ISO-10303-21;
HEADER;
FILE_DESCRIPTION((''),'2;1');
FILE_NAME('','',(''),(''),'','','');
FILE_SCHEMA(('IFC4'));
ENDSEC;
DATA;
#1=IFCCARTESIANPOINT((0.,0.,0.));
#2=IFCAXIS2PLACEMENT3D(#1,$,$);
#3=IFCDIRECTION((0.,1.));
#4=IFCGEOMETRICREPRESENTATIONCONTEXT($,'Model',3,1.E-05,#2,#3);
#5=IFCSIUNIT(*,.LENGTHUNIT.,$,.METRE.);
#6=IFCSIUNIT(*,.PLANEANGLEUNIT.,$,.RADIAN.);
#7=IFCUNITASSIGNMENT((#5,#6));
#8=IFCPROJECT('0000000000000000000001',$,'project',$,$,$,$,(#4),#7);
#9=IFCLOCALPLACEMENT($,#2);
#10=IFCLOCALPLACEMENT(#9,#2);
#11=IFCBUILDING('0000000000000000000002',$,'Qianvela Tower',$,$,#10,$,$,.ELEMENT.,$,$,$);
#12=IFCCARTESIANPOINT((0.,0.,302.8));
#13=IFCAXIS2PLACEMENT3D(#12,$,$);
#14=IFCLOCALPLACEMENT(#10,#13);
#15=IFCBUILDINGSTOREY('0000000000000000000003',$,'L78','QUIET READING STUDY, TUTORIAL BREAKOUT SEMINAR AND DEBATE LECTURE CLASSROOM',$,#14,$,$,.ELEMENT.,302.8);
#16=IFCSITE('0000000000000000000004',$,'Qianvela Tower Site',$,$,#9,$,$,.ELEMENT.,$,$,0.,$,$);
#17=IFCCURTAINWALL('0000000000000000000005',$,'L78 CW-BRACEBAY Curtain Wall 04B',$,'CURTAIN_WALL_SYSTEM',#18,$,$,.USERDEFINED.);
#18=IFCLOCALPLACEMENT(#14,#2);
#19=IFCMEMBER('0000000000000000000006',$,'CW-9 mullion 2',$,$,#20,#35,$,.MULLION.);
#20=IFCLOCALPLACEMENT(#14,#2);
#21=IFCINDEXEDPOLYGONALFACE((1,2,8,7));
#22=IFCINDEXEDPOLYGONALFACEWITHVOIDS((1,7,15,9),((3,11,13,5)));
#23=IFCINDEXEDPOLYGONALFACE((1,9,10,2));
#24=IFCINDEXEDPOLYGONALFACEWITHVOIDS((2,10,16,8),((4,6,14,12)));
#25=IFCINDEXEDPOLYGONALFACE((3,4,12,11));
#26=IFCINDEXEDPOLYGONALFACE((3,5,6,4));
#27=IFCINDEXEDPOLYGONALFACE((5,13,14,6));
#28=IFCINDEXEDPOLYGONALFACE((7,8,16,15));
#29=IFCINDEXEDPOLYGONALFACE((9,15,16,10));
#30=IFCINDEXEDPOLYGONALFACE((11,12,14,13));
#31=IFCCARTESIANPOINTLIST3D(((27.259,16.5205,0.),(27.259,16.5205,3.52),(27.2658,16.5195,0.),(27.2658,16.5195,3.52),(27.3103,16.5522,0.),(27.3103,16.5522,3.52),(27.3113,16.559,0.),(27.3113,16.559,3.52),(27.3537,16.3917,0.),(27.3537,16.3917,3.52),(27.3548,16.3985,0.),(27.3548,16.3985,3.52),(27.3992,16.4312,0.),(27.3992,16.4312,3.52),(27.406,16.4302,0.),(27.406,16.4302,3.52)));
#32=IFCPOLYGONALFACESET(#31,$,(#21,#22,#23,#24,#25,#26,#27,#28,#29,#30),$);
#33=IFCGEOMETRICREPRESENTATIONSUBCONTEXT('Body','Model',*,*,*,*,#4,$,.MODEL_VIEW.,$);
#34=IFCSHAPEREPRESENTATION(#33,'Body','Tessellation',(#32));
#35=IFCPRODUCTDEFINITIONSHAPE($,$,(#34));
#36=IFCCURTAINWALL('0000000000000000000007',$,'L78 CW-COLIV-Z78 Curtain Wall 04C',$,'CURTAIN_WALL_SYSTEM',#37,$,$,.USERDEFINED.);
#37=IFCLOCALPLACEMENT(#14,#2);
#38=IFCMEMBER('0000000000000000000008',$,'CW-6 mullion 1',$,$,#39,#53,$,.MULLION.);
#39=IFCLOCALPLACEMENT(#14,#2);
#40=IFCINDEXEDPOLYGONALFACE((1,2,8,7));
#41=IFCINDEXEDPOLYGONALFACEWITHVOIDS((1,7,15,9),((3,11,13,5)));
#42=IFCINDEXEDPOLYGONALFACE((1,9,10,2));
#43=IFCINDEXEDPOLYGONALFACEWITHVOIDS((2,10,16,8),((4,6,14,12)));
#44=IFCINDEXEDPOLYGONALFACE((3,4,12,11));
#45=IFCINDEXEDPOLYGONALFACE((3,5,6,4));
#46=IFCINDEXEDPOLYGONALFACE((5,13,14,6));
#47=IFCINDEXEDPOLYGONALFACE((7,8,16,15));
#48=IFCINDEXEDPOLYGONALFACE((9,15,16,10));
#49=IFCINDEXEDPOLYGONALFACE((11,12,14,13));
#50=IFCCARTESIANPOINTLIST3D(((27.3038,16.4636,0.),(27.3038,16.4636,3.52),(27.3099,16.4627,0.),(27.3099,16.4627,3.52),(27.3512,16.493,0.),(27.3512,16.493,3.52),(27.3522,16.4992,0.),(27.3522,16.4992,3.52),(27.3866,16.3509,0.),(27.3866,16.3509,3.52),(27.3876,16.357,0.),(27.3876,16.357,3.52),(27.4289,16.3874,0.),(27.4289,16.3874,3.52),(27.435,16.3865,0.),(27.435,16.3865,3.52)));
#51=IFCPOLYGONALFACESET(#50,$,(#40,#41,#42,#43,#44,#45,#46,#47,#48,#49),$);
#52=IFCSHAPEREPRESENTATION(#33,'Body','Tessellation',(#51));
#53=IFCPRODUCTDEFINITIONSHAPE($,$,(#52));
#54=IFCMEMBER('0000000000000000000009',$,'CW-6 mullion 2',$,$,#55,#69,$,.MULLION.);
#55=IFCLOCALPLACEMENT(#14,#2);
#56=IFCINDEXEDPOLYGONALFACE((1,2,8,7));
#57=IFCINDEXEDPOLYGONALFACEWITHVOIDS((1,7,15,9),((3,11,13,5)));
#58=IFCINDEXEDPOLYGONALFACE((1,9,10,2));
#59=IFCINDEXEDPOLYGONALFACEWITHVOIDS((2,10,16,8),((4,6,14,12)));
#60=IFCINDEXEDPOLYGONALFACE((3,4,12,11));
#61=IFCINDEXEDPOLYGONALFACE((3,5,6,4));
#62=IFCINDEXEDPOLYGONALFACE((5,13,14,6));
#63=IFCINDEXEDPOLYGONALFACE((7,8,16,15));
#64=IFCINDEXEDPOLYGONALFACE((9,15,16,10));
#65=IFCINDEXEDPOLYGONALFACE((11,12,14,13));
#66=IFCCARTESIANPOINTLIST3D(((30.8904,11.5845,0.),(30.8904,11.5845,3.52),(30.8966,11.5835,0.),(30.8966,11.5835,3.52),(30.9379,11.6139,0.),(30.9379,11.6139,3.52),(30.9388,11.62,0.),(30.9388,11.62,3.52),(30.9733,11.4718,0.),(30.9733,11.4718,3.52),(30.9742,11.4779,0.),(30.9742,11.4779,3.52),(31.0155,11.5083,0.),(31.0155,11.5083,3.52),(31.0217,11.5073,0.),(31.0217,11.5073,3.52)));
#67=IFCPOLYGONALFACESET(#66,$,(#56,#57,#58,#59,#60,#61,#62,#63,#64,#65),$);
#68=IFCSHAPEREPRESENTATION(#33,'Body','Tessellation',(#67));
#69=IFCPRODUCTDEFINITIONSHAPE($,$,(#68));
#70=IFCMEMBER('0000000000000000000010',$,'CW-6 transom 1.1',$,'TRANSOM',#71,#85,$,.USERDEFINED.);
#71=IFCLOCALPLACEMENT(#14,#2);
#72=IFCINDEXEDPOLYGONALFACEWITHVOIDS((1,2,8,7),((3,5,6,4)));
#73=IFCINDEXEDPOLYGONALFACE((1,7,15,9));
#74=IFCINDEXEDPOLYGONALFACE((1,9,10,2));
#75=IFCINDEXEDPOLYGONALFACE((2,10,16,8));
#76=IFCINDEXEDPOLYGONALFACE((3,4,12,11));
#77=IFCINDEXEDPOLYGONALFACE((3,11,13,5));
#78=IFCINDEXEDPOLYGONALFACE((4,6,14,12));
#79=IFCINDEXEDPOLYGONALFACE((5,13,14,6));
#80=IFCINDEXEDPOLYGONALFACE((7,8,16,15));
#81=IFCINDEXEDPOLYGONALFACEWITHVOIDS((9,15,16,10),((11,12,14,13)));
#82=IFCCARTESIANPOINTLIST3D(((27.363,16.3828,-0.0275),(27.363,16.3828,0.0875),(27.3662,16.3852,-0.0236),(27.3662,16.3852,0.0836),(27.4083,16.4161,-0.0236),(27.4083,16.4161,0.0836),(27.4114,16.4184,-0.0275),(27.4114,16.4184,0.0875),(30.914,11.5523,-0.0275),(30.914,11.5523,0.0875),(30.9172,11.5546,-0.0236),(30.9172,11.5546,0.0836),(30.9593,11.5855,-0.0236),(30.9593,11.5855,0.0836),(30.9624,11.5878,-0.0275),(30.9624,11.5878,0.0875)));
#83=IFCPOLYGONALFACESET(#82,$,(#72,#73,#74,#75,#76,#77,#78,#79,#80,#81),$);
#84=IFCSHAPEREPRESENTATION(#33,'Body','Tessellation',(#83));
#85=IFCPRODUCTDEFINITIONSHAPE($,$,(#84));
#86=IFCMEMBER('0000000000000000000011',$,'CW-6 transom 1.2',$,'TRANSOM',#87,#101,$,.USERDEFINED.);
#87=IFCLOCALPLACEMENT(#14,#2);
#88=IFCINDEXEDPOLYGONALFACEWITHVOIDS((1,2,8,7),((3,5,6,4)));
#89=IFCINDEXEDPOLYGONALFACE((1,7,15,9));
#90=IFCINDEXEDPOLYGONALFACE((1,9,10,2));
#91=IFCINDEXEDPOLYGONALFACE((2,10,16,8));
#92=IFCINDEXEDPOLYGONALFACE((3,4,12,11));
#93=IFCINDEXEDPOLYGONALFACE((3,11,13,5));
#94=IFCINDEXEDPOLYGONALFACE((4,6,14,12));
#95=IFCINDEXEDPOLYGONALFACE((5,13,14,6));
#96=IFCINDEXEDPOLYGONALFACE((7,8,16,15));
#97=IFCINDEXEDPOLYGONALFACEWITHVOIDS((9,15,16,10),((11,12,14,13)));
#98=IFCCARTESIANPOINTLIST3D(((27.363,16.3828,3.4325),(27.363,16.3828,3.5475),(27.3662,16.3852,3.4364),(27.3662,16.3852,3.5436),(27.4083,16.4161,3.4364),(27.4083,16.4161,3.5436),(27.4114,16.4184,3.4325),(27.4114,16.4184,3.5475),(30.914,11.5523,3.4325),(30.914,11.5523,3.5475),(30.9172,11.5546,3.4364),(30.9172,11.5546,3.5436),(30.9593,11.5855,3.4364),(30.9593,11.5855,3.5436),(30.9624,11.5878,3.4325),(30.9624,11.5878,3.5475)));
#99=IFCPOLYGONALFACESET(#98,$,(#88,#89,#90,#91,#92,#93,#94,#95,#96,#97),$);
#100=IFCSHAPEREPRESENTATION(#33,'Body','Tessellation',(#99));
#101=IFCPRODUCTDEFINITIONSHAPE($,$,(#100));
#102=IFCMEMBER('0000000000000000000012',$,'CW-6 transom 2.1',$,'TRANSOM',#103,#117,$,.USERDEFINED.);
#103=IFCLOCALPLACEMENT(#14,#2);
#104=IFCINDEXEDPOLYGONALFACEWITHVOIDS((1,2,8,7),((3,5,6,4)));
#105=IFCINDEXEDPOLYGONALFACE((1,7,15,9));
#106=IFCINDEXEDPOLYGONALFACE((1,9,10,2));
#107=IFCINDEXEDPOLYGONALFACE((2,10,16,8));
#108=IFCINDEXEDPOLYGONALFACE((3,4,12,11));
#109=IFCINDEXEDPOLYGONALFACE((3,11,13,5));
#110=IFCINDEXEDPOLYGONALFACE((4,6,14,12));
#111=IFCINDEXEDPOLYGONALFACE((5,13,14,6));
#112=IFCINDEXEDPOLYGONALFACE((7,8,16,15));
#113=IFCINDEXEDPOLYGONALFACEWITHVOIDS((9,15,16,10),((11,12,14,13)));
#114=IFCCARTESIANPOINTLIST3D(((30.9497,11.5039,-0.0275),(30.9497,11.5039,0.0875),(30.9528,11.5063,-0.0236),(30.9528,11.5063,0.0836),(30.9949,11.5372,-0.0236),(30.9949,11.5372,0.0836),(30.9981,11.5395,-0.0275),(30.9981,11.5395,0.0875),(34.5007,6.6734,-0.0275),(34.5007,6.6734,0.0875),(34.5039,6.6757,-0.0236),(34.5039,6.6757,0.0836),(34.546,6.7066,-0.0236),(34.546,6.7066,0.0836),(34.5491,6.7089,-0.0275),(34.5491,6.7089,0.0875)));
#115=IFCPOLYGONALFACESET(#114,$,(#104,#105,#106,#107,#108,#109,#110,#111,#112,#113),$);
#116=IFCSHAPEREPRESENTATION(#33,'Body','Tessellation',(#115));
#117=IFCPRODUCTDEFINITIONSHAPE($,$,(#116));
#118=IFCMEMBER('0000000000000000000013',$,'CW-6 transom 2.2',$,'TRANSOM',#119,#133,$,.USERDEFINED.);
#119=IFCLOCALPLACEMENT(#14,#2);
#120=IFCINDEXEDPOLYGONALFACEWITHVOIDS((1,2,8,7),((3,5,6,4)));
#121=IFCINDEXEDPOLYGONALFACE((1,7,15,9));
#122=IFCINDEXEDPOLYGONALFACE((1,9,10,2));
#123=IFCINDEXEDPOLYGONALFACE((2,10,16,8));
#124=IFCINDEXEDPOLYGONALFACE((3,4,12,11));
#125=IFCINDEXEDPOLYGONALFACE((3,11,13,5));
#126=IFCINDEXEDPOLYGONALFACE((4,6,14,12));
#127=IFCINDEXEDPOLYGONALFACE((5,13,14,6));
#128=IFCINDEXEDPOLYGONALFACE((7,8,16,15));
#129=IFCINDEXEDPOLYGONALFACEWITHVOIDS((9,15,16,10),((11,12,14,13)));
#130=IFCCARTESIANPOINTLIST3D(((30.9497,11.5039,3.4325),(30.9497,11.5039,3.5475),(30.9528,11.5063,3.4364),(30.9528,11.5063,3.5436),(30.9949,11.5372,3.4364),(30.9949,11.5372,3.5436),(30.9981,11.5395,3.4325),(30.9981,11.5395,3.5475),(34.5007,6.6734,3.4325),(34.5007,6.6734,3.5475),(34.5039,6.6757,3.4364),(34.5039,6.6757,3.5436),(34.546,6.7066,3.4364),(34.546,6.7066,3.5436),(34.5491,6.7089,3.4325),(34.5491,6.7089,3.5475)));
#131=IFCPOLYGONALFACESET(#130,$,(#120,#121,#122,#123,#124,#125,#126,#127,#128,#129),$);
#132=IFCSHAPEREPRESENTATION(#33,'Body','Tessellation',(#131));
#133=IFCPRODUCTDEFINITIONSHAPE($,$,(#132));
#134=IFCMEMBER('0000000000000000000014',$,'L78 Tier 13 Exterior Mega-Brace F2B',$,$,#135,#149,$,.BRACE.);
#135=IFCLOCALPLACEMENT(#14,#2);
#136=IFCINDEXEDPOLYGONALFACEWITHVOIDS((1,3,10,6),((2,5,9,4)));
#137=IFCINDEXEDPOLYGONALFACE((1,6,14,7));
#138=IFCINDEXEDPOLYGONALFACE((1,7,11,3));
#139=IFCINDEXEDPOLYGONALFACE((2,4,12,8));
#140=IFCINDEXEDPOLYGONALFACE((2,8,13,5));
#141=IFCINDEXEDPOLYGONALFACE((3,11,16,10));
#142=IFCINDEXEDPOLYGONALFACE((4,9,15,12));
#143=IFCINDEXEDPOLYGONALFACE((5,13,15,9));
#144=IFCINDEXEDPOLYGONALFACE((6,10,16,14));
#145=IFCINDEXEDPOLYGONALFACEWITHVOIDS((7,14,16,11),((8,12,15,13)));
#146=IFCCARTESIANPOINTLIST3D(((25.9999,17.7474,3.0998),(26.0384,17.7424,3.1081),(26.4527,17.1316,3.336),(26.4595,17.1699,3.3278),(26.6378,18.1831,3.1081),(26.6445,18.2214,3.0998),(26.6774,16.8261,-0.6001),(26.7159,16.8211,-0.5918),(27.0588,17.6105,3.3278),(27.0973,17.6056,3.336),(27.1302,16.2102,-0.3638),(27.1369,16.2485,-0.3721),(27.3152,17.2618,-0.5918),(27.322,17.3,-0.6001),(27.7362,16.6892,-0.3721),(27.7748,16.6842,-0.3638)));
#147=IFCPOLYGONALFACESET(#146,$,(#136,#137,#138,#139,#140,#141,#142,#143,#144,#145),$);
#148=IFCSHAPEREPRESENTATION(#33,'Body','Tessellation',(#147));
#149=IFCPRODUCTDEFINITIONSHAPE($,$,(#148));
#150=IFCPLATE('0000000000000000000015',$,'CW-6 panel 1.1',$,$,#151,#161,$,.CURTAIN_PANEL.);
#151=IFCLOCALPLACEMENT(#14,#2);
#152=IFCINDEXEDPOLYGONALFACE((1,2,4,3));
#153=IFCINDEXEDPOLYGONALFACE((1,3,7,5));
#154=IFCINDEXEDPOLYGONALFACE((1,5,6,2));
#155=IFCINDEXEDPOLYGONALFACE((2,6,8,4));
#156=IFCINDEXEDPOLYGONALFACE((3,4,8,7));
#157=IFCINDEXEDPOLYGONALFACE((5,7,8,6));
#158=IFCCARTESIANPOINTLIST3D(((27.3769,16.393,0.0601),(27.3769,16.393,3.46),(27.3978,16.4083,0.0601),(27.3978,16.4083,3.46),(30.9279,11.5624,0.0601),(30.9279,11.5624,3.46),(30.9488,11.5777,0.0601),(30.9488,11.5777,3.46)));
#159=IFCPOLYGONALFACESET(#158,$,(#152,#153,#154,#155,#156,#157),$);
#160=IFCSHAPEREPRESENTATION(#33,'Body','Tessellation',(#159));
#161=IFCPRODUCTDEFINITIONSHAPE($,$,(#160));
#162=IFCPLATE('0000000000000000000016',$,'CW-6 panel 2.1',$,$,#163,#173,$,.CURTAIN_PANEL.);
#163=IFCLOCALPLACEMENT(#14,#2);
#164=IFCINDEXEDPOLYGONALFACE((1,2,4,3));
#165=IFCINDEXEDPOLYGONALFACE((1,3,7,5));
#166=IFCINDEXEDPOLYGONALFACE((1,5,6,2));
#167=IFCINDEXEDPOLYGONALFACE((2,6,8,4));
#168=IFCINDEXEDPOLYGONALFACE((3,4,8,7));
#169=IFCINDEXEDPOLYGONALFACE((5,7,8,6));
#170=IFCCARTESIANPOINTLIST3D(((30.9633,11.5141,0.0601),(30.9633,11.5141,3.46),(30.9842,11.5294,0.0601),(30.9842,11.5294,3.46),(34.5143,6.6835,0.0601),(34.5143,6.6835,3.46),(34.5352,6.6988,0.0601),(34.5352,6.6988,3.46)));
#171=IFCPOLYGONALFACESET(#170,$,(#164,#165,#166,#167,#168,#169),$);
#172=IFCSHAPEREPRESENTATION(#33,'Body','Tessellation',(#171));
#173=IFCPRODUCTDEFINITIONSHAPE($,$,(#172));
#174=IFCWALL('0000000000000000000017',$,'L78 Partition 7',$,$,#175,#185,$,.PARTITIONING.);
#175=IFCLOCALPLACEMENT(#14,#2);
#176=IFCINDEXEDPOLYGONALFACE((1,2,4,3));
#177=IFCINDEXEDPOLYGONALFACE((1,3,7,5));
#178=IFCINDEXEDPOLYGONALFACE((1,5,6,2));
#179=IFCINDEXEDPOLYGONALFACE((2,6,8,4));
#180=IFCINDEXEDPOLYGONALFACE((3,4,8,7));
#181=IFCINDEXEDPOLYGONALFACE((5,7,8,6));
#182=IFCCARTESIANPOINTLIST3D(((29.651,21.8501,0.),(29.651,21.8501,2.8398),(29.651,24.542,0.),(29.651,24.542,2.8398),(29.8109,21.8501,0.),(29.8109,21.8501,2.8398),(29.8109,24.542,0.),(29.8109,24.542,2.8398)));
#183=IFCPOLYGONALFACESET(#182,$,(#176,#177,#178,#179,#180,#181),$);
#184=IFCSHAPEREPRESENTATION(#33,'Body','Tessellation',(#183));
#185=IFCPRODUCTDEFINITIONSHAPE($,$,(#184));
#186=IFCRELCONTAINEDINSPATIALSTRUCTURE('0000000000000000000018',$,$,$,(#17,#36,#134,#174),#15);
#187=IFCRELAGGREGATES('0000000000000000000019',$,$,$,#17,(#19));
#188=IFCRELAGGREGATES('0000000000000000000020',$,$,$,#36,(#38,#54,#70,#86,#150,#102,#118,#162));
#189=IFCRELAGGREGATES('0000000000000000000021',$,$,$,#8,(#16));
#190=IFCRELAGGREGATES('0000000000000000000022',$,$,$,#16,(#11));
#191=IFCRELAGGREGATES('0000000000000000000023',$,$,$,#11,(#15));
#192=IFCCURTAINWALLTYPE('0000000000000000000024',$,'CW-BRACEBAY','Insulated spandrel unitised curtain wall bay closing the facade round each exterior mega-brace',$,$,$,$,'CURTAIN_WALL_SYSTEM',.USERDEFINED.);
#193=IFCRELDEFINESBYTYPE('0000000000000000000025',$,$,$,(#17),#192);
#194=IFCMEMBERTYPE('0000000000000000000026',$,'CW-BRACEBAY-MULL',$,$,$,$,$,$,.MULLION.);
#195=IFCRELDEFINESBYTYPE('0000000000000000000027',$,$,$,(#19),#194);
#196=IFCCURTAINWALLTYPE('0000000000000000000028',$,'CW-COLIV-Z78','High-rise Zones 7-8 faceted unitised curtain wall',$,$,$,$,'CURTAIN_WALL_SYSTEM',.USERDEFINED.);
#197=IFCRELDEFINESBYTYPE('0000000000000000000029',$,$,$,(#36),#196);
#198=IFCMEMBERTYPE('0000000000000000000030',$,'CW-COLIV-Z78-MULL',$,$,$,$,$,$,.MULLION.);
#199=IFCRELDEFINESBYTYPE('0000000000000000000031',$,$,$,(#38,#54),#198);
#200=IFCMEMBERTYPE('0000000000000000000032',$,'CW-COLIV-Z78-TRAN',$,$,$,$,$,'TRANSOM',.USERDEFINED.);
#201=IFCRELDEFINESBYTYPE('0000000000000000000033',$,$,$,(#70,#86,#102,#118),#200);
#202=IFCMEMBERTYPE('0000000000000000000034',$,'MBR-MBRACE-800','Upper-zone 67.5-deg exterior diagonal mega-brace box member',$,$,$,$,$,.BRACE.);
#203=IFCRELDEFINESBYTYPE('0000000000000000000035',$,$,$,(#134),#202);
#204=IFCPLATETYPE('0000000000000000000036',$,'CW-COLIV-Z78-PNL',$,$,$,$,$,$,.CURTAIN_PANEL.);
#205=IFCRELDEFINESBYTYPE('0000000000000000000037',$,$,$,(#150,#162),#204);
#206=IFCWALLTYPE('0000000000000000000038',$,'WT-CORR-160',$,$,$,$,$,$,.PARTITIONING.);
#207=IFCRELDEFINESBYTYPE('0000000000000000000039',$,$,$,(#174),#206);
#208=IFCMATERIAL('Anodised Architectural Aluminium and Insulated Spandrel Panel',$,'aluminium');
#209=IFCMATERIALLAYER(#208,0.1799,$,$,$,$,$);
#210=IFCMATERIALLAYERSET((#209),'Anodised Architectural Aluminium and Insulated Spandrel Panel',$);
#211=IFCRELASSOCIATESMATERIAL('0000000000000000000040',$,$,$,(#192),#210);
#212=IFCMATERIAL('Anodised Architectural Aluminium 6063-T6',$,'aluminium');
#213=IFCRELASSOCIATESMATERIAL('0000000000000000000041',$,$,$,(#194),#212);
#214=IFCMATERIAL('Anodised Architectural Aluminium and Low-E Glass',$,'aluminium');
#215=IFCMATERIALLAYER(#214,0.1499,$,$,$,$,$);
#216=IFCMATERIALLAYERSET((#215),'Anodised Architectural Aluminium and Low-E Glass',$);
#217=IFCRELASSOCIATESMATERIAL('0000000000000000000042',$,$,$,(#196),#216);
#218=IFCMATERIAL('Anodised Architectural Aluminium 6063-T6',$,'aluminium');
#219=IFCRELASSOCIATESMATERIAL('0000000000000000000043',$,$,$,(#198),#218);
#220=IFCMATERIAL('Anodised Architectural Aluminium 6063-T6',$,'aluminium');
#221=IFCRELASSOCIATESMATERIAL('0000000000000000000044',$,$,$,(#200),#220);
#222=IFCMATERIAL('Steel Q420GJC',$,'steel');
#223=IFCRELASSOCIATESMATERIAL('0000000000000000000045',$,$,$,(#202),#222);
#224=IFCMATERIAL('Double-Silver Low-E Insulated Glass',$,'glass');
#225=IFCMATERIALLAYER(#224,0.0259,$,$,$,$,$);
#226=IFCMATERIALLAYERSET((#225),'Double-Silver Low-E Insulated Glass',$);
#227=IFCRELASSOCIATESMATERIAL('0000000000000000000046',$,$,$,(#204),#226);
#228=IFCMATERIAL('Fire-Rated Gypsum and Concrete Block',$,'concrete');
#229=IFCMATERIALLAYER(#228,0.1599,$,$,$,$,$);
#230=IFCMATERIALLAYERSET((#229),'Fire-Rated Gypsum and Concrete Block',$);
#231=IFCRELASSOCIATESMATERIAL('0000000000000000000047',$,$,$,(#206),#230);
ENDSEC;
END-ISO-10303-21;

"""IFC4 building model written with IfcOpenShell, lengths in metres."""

from ifc_helpers import new_model, si_unit, direction, frame, frame_2d, origin, origin_2d, place, context, subcontext, project, spatial, rectangle, hollow_rectangle, extrude, material, layer, layer_set, material_profile, profile_set, type_object, element, aggregate, save


model = new_model("IFC4")

# Units and contexts
model_context = context("Model", 3, precision=1e-05, world=origin(), true_north=direction((0.0, 1.0)))
body_context = subcontext(model_context, "Body", "Model", "MODEL_VIEW")
ifc_project = project(units=[si_unit("LENGTHUNIT", "METRE"), si_unit("PLANEANGLEUNIT", "RADIAN")], contexts=[model_context])

# Site, building, storey
site_placement = place(None, origin())
site = spatial("IfcSite", under=ifc_project, at=site_placement, Name="Qianvela Tower Site", CompositionType="ELEMENT", RefElevation=0.0)
building_placement = place(site_placement, origin())
building = spatial("IfcBuilding", under=site, at=building_placement, Name="Qianvela Tower", CompositionType="ELEMENT")
storey_placement = place(building_placement, frame((0.0, 0.0, 302.8)))
storey = spatial("IfcBuildingStorey", under=building, at=storey_placement, Name="L78", Description="QUIET READING STUDY, TUTORIAL BREAKOUT SEMINAR AND DEBATE LECTURE CLASSROOM", CompositionType="ELEMENT", Elevation=302.8)

# Curtain wall, member
ifc_material_1 = material(Name="Anodised Architectural Aluminium and Insulated Spandrel Panel", Category="aluminium")
ifc_layer_1 = layer(ifc_material_1, 0.1799)
ifc_layer_set_1 = layer_set([ifc_layer_1], Name="Anodised Architectural Aluminium and Insulated Spandrel Panel")
curtain_wall_type_1 = type_object("IfcCurtainWallType", Name="CW-BRACEBAY", Description="Insulated spandrel unitised curtain wall bay closing the facade round each exterior mega-brace", ElementType="CURTAIN_WALL_SYSTEM", PredefinedType="USERDEFINED", material=ifc_layer_set_1)
curtain_wall_1_placement = place(storey_placement, origin())
curtain_wall_1 = element("IfcCurtainWall", 1, at=curtain_wall_1_placement, inside=storey, type_object=curtain_wall_type_1, Name="L78 CW-BRACEBAY Curtain Wall 04B", ObjectType="CURTAIN_WALL_SYSTEM", PredefinedType="USERDEFINED")
ifc_material_2 = material(Name="Anodised Architectural Aluminium 6063-T6", Category="aluminium")
ifc_material_profile_1 = material_profile(ifc_material_2, hollow_rectangle(XDim=0.0649, YDim=0.1599, WallThickness=0.0049, at=origin_2d()), Name="ALU-MULL-65x160")
ifc_profile_set_1 = profile_set([ifc_material_profile_1], Name="Anodised Architectural Aluminium 6063-T6")
member_type_1 = type_object("IfcMemberType", Name="CW-BRACEBAY-MULL", PredefinedType="MULLION", material=ifc_profile_set_1)
member_1_placement = place(storey_placement, frame((27.3325, 16.4753, 0.0), z_axis=(0.0, 0.0, 1.0), x_axis=(0.805717, 0.5923, 0.0)))
member_1 = element("IfcMember", 2, at=member_1_placement, type_object=member_type_1, Name="CW-9 mullion 2", PredefinedType="MULLION", context=body_context, shape_type="SweptSolid", body=[
    extrude(hollow_rectangle(XDim=0.0649, YDim=0.1599, WallThickness=0.0049, at=origin_2d()), origin(), (0.0, 0.0, 1.0), 3.52),
])
aggregate(curtain_wall_1, [member_1])

# Curtain wall, members
ifc_material_3 = material(Name="Anodised Architectural Aluminium and Low-E Glass", Category="aluminium")
ifc_layer_2 = layer(ifc_material_3, 0.1499)
ifc_layer_set_2 = layer_set([ifc_layer_2], Name="Anodised Architectural Aluminium and Low-E Glass")
curtain_wall_type_2 = type_object("IfcCurtainWallType", Name="CW-COLIV-Z78", Description="High-rise Zones 7-8 faceted unitised curtain wall", ElementType="CURTAIN_WALL_SYSTEM", PredefinedType="USERDEFINED", material=ifc_layer_set_2)
curtain_wall_2_placement = place(storey_placement, origin())
curtain_wall_2 = element("IfcCurtainWall", 3, at=curtain_wall_2_placement, inside=storey, type_object=curtain_wall_type_2, Name="L78 CW-COLIV-Z78 Curtain Wall 04C", ObjectType="CURTAIN_WALL_SYSTEM", PredefinedType="USERDEFINED")
ifc_material_4 = material(Name="Anodised Architectural Aluminium 6063-T6", Category="aluminium")
ifc_material_profile_2 = material_profile(ifc_material_4, hollow_rectangle(XDim=0.0601, YDim=0.1399, WallThickness=0.0044, at=origin_2d()), Name="ALU-MULL-60x140")
ifc_profile_set_2 = profile_set([ifc_material_profile_2], Name="Anodised Architectural Aluminium 6063-T6")
member_type_2 = type_object("IfcMemberType", Name="CW-COLIV-Z78-MULL", PredefinedType="MULLION", material=ifc_profile_set_2)
member_2_placement = place(storey_placement, frame((27.3694, 16.425, 0.0), z_axis=(0.0, 0.0, 1.0), x_axis=(0.805722, 0.592294, 0.0)))
member_2 = element("IfcMember", 4, at=member_2_placement, type_object=member_type_2, Name="CW-6 mullion 1", PredefinedType="MULLION", context=body_context, shape_type="SweptSolid", body=[
    extrude(hollow_rectangle(XDim=0.0601, YDim=0.1399, WallThickness=0.0044, at=origin_2d()), origin(), (0.0, 0.0, 1.0), 3.52),
])
member_3_placement = place(storey_placement, frame((30.9561, 11.5459, 0.0), z_axis=(0.0, 0.0, 1.0), x_axis=(0.805722, 0.592294, 0.0)))
member_3 = element("IfcMember", 5, at=member_3_placement, type_object=member_type_2, Name="CW-6 mullion 2", PredefinedType="MULLION", context=body_context, shape_type="SweptSolid", body=[
    extrude(hollow_rectangle(XDim=0.0601, YDim=0.1399, WallThickness=0.0044, at=origin_2d()), origin(), (0.0, 0.0, 1.0), 3.52),
])
ifc_material_5 = material(Name="Anodised Architectural Aluminium 6063-T6", Category="aluminium")
ifc_material_profile_3 = material_profile(ifc_material_5, hollow_rectangle(XDim=0.0601, YDim=0.115, WallThickness=0.0039, at=origin_2d()), Name="ALU-TRAN-60x115")
ifc_profile_set_3 = profile_set([ifc_material_profile_3], Name="Anodised Architectural Aluminium 6063-T6")
member_type_3 = type_object("IfcMemberType", Name="CW-COLIV-Z78-TRAN", ElementType="TRANSOM", PredefinedType="USERDEFINED", material=ifc_profile_set_3)
member_4_placement = place(storey_placement, frame((27.3872, 16.4006, 0.03), z_axis=(0.592297, -0.80572, 0.0), x_axis=(0.80572, 0.592297, 0.0)))
member_4 = element("IfcMember", 6, at=member_4_placement, type_object=member_type_3, Name="CW-6 transom 1.1", ObjectType="TRANSOM", PredefinedType="USERDEFINED", context=body_context, shape_type="SweptSolid", body=[
    extrude(hollow_rectangle(XDim=0.0601, YDim=0.115, WallThickness=0.0039, at=origin_2d()), origin(), (0.0, 0.0, 1.0), 5.9954),
])
member_5_placement = place(storey_placement, frame((27.3872, 16.4006, 3.49), z_axis=(0.592297, -0.80572, 0.0), x_axis=(0.80572, 0.592297, 0.0)))
member_5 = element("IfcMember", 7, at=member_5_placement, type_object=member_type_3, Name="CW-6 transom 1.2", ObjectType="TRANSOM", PredefinedType="USERDEFINED", context=body_context, shape_type="SweptSolid", body=[
    extrude(hollow_rectangle(XDim=0.0601, YDim=0.115, WallThickness=0.0039, at=origin_2d()), origin(), (0.0, 0.0, 1.0), 5.9954),
])
member_6_placement = place(storey_placement, frame((30.9739, 11.5217, 0.03), z_axis=(0.592297, -0.80572, 0.0), x_axis=(0.80572, 0.592297, 0.0)))
member_6 = element("IfcMember", 8, at=member_6_placement, type_object=member_type_3, Name="CW-6 transom 2.1", ObjectType="TRANSOM", PredefinedType="USERDEFINED", context=body_context, shape_type="SweptSolid", body=[
    extrude(hollow_rectangle(XDim=0.0601, YDim=0.115, WallThickness=0.0039, at=origin_2d()), origin(), (0.0, 0.0, 1.0), 5.9954),
])
member_7_placement = place(storey_placement, frame((30.9739, 11.5217, 3.49), z_axis=(0.592297, -0.80572, 0.0), x_axis=(0.80572, 0.592297, 0.0)))
member_7 = element("IfcMember", 9, at=member_7_placement, type_object=member_type_3, Name="CW-6 transom 2.2", ObjectType="TRANSOM", PredefinedType="USERDEFINED", context=body_context, shape_type="SweptSolid", body=[
    extrude(hollow_rectangle(XDim=0.0601, YDim=0.115, WallThickness=0.0039, at=origin_2d()), origin(), (0.0, 0.0, 1.0), 5.9954),
])

# Member
ifc_material_6 = material(Name="Steel Q420GJC", Category="steel")
ifc_material_profile_4 = material_profile(ifc_material_6, hollow_rectangle(XDim=0.8, YDim=0.8, WallThickness=0.0281, at=origin_2d()), Name="MBOX-800x800x28")
ifc_profile_set_4 = profile_set([ifc_material_profile_4], Name="Steel Q420GJC")
member_type_4 = type_object("IfcMemberType", Name="MBR-MBRACE-800", Description="Upper-zone 67.5-deg exterior diagonal mega-brace box member", PredefinedType="BRACE", material=ifc_profile_set_4)
member_8_placement = place(storey_placement, frame((27.2261, 16.7551, -0.4819), z_axis=(-0.174941, 0.23792, 0.9554), x_axis=(-0.805651, -0.59239, 0.0)))
element("IfcMember", 10, at=member_8_placement, inside=storey, type_object=member_type_4, Name="L78 Tier 13 Exterior Mega-Brace F2B", PredefinedType="BRACE", context=body_context, shape_type="SweptSolid", body=[
    extrude(hollow_rectangle(XDim=0.8, YDim=0.8, WallThickness=0.0281, at=origin_2d()), origin(), (0.0, 0.0, 1.0), 3.8726),
])

# Plates
ifc_material_7 = material(Name="Double-Silver Low-E Insulated Glass", Category="glass")
ifc_layer_3 = layer(ifc_material_7, 0.0259)
ifc_layer_set_3 = layer_set([ifc_layer_3], Name="Double-Silver Low-E Insulated Glass")
plate_type = type_object("IfcPlateType", Name="CW-COLIV-Z78-PNL", PredefinedType="CURTAIN_PANEL", material=ifc_layer_set_3)
plate_1_placement = place(storey_placement, frame((29.1628, 13.9854, 0.0601), z_axis=(0.0, 0.0, 1.0), x_axis=(0.592294, -0.805722, 0.0)))
plate_1 = element("IfcPlate", 11, at=plate_1_placement, type_object=plate_type, Name="CW-6 panel 1.1", PredefinedType="CURTAIN_PANEL", context=body_context, shape_type="SweptSolid", body=[
    extrude(rectangle(XDim=5.9954, YDim=0.0259, at=origin_2d()), origin(), (0.0, 0.0, 1.0), 3.3999),
])
plate_2_placement = place(storey_placement, frame((32.7493, 9.1064, 0.0601), z_axis=(0.0, 0.0, 1.0), x_axis=(0.592294, -0.805722, 0.0)))
plate_2 = element("IfcPlate", 12, at=plate_2_placement, type_object=plate_type, Name="CW-6 panel 2.1", PredefinedType="CURTAIN_PANEL", context=body_context, shape_type="SweptSolid", body=[
    extrude(rectangle(XDim=5.9954, YDim=0.0259, at=origin_2d()), origin(), (0.0, 0.0, 1.0), 3.3999),
])
aggregate(curtain_wall_2, [member_2, member_3, member_4, member_5, plate_1, member_6, member_7, plate_2])

# Shared definitions
ifc_material_8 = material(Name="Fire-Rated Gypsum and Concrete Block", Category="concrete")
ifc_layer_4 = layer(ifc_material_8, 0.1599)
ifc_layer_set_4 = layer_set([ifc_layer_4], Name="Fire-Rated Gypsum and Concrete Block")
wall_type = type_object("IfcWallType", Name="WT-CORR-160", PredefinedType="PARTITIONING", material=ifc_layer_set_4)

# Wall
for number, where, z_axis, x_axis, name in (
    (13, (29.731, 21.8501, 0.0), (0.0, 0.0, 1.0), (0.0, 1.0, 0.0), "L78 Partition 7"),
):
    element("IfcWall", number, at=place(storey_placement, frame(where, z_axis=z_axis, x_axis=x_axis)), inside=storey, type_object=wall_type, Name=name, PredefinedType="PARTITIONING", context=body_context, shape_type="SweptSolid", body=[
        extrude(rectangle(XDim=2.6919, YDim=0.1599, at=frame_2d((1.3459, 0.0))), origin(), (0.0, 0.0, 1.0), 2.8398),
    ])

save(model, "model.ifc")
